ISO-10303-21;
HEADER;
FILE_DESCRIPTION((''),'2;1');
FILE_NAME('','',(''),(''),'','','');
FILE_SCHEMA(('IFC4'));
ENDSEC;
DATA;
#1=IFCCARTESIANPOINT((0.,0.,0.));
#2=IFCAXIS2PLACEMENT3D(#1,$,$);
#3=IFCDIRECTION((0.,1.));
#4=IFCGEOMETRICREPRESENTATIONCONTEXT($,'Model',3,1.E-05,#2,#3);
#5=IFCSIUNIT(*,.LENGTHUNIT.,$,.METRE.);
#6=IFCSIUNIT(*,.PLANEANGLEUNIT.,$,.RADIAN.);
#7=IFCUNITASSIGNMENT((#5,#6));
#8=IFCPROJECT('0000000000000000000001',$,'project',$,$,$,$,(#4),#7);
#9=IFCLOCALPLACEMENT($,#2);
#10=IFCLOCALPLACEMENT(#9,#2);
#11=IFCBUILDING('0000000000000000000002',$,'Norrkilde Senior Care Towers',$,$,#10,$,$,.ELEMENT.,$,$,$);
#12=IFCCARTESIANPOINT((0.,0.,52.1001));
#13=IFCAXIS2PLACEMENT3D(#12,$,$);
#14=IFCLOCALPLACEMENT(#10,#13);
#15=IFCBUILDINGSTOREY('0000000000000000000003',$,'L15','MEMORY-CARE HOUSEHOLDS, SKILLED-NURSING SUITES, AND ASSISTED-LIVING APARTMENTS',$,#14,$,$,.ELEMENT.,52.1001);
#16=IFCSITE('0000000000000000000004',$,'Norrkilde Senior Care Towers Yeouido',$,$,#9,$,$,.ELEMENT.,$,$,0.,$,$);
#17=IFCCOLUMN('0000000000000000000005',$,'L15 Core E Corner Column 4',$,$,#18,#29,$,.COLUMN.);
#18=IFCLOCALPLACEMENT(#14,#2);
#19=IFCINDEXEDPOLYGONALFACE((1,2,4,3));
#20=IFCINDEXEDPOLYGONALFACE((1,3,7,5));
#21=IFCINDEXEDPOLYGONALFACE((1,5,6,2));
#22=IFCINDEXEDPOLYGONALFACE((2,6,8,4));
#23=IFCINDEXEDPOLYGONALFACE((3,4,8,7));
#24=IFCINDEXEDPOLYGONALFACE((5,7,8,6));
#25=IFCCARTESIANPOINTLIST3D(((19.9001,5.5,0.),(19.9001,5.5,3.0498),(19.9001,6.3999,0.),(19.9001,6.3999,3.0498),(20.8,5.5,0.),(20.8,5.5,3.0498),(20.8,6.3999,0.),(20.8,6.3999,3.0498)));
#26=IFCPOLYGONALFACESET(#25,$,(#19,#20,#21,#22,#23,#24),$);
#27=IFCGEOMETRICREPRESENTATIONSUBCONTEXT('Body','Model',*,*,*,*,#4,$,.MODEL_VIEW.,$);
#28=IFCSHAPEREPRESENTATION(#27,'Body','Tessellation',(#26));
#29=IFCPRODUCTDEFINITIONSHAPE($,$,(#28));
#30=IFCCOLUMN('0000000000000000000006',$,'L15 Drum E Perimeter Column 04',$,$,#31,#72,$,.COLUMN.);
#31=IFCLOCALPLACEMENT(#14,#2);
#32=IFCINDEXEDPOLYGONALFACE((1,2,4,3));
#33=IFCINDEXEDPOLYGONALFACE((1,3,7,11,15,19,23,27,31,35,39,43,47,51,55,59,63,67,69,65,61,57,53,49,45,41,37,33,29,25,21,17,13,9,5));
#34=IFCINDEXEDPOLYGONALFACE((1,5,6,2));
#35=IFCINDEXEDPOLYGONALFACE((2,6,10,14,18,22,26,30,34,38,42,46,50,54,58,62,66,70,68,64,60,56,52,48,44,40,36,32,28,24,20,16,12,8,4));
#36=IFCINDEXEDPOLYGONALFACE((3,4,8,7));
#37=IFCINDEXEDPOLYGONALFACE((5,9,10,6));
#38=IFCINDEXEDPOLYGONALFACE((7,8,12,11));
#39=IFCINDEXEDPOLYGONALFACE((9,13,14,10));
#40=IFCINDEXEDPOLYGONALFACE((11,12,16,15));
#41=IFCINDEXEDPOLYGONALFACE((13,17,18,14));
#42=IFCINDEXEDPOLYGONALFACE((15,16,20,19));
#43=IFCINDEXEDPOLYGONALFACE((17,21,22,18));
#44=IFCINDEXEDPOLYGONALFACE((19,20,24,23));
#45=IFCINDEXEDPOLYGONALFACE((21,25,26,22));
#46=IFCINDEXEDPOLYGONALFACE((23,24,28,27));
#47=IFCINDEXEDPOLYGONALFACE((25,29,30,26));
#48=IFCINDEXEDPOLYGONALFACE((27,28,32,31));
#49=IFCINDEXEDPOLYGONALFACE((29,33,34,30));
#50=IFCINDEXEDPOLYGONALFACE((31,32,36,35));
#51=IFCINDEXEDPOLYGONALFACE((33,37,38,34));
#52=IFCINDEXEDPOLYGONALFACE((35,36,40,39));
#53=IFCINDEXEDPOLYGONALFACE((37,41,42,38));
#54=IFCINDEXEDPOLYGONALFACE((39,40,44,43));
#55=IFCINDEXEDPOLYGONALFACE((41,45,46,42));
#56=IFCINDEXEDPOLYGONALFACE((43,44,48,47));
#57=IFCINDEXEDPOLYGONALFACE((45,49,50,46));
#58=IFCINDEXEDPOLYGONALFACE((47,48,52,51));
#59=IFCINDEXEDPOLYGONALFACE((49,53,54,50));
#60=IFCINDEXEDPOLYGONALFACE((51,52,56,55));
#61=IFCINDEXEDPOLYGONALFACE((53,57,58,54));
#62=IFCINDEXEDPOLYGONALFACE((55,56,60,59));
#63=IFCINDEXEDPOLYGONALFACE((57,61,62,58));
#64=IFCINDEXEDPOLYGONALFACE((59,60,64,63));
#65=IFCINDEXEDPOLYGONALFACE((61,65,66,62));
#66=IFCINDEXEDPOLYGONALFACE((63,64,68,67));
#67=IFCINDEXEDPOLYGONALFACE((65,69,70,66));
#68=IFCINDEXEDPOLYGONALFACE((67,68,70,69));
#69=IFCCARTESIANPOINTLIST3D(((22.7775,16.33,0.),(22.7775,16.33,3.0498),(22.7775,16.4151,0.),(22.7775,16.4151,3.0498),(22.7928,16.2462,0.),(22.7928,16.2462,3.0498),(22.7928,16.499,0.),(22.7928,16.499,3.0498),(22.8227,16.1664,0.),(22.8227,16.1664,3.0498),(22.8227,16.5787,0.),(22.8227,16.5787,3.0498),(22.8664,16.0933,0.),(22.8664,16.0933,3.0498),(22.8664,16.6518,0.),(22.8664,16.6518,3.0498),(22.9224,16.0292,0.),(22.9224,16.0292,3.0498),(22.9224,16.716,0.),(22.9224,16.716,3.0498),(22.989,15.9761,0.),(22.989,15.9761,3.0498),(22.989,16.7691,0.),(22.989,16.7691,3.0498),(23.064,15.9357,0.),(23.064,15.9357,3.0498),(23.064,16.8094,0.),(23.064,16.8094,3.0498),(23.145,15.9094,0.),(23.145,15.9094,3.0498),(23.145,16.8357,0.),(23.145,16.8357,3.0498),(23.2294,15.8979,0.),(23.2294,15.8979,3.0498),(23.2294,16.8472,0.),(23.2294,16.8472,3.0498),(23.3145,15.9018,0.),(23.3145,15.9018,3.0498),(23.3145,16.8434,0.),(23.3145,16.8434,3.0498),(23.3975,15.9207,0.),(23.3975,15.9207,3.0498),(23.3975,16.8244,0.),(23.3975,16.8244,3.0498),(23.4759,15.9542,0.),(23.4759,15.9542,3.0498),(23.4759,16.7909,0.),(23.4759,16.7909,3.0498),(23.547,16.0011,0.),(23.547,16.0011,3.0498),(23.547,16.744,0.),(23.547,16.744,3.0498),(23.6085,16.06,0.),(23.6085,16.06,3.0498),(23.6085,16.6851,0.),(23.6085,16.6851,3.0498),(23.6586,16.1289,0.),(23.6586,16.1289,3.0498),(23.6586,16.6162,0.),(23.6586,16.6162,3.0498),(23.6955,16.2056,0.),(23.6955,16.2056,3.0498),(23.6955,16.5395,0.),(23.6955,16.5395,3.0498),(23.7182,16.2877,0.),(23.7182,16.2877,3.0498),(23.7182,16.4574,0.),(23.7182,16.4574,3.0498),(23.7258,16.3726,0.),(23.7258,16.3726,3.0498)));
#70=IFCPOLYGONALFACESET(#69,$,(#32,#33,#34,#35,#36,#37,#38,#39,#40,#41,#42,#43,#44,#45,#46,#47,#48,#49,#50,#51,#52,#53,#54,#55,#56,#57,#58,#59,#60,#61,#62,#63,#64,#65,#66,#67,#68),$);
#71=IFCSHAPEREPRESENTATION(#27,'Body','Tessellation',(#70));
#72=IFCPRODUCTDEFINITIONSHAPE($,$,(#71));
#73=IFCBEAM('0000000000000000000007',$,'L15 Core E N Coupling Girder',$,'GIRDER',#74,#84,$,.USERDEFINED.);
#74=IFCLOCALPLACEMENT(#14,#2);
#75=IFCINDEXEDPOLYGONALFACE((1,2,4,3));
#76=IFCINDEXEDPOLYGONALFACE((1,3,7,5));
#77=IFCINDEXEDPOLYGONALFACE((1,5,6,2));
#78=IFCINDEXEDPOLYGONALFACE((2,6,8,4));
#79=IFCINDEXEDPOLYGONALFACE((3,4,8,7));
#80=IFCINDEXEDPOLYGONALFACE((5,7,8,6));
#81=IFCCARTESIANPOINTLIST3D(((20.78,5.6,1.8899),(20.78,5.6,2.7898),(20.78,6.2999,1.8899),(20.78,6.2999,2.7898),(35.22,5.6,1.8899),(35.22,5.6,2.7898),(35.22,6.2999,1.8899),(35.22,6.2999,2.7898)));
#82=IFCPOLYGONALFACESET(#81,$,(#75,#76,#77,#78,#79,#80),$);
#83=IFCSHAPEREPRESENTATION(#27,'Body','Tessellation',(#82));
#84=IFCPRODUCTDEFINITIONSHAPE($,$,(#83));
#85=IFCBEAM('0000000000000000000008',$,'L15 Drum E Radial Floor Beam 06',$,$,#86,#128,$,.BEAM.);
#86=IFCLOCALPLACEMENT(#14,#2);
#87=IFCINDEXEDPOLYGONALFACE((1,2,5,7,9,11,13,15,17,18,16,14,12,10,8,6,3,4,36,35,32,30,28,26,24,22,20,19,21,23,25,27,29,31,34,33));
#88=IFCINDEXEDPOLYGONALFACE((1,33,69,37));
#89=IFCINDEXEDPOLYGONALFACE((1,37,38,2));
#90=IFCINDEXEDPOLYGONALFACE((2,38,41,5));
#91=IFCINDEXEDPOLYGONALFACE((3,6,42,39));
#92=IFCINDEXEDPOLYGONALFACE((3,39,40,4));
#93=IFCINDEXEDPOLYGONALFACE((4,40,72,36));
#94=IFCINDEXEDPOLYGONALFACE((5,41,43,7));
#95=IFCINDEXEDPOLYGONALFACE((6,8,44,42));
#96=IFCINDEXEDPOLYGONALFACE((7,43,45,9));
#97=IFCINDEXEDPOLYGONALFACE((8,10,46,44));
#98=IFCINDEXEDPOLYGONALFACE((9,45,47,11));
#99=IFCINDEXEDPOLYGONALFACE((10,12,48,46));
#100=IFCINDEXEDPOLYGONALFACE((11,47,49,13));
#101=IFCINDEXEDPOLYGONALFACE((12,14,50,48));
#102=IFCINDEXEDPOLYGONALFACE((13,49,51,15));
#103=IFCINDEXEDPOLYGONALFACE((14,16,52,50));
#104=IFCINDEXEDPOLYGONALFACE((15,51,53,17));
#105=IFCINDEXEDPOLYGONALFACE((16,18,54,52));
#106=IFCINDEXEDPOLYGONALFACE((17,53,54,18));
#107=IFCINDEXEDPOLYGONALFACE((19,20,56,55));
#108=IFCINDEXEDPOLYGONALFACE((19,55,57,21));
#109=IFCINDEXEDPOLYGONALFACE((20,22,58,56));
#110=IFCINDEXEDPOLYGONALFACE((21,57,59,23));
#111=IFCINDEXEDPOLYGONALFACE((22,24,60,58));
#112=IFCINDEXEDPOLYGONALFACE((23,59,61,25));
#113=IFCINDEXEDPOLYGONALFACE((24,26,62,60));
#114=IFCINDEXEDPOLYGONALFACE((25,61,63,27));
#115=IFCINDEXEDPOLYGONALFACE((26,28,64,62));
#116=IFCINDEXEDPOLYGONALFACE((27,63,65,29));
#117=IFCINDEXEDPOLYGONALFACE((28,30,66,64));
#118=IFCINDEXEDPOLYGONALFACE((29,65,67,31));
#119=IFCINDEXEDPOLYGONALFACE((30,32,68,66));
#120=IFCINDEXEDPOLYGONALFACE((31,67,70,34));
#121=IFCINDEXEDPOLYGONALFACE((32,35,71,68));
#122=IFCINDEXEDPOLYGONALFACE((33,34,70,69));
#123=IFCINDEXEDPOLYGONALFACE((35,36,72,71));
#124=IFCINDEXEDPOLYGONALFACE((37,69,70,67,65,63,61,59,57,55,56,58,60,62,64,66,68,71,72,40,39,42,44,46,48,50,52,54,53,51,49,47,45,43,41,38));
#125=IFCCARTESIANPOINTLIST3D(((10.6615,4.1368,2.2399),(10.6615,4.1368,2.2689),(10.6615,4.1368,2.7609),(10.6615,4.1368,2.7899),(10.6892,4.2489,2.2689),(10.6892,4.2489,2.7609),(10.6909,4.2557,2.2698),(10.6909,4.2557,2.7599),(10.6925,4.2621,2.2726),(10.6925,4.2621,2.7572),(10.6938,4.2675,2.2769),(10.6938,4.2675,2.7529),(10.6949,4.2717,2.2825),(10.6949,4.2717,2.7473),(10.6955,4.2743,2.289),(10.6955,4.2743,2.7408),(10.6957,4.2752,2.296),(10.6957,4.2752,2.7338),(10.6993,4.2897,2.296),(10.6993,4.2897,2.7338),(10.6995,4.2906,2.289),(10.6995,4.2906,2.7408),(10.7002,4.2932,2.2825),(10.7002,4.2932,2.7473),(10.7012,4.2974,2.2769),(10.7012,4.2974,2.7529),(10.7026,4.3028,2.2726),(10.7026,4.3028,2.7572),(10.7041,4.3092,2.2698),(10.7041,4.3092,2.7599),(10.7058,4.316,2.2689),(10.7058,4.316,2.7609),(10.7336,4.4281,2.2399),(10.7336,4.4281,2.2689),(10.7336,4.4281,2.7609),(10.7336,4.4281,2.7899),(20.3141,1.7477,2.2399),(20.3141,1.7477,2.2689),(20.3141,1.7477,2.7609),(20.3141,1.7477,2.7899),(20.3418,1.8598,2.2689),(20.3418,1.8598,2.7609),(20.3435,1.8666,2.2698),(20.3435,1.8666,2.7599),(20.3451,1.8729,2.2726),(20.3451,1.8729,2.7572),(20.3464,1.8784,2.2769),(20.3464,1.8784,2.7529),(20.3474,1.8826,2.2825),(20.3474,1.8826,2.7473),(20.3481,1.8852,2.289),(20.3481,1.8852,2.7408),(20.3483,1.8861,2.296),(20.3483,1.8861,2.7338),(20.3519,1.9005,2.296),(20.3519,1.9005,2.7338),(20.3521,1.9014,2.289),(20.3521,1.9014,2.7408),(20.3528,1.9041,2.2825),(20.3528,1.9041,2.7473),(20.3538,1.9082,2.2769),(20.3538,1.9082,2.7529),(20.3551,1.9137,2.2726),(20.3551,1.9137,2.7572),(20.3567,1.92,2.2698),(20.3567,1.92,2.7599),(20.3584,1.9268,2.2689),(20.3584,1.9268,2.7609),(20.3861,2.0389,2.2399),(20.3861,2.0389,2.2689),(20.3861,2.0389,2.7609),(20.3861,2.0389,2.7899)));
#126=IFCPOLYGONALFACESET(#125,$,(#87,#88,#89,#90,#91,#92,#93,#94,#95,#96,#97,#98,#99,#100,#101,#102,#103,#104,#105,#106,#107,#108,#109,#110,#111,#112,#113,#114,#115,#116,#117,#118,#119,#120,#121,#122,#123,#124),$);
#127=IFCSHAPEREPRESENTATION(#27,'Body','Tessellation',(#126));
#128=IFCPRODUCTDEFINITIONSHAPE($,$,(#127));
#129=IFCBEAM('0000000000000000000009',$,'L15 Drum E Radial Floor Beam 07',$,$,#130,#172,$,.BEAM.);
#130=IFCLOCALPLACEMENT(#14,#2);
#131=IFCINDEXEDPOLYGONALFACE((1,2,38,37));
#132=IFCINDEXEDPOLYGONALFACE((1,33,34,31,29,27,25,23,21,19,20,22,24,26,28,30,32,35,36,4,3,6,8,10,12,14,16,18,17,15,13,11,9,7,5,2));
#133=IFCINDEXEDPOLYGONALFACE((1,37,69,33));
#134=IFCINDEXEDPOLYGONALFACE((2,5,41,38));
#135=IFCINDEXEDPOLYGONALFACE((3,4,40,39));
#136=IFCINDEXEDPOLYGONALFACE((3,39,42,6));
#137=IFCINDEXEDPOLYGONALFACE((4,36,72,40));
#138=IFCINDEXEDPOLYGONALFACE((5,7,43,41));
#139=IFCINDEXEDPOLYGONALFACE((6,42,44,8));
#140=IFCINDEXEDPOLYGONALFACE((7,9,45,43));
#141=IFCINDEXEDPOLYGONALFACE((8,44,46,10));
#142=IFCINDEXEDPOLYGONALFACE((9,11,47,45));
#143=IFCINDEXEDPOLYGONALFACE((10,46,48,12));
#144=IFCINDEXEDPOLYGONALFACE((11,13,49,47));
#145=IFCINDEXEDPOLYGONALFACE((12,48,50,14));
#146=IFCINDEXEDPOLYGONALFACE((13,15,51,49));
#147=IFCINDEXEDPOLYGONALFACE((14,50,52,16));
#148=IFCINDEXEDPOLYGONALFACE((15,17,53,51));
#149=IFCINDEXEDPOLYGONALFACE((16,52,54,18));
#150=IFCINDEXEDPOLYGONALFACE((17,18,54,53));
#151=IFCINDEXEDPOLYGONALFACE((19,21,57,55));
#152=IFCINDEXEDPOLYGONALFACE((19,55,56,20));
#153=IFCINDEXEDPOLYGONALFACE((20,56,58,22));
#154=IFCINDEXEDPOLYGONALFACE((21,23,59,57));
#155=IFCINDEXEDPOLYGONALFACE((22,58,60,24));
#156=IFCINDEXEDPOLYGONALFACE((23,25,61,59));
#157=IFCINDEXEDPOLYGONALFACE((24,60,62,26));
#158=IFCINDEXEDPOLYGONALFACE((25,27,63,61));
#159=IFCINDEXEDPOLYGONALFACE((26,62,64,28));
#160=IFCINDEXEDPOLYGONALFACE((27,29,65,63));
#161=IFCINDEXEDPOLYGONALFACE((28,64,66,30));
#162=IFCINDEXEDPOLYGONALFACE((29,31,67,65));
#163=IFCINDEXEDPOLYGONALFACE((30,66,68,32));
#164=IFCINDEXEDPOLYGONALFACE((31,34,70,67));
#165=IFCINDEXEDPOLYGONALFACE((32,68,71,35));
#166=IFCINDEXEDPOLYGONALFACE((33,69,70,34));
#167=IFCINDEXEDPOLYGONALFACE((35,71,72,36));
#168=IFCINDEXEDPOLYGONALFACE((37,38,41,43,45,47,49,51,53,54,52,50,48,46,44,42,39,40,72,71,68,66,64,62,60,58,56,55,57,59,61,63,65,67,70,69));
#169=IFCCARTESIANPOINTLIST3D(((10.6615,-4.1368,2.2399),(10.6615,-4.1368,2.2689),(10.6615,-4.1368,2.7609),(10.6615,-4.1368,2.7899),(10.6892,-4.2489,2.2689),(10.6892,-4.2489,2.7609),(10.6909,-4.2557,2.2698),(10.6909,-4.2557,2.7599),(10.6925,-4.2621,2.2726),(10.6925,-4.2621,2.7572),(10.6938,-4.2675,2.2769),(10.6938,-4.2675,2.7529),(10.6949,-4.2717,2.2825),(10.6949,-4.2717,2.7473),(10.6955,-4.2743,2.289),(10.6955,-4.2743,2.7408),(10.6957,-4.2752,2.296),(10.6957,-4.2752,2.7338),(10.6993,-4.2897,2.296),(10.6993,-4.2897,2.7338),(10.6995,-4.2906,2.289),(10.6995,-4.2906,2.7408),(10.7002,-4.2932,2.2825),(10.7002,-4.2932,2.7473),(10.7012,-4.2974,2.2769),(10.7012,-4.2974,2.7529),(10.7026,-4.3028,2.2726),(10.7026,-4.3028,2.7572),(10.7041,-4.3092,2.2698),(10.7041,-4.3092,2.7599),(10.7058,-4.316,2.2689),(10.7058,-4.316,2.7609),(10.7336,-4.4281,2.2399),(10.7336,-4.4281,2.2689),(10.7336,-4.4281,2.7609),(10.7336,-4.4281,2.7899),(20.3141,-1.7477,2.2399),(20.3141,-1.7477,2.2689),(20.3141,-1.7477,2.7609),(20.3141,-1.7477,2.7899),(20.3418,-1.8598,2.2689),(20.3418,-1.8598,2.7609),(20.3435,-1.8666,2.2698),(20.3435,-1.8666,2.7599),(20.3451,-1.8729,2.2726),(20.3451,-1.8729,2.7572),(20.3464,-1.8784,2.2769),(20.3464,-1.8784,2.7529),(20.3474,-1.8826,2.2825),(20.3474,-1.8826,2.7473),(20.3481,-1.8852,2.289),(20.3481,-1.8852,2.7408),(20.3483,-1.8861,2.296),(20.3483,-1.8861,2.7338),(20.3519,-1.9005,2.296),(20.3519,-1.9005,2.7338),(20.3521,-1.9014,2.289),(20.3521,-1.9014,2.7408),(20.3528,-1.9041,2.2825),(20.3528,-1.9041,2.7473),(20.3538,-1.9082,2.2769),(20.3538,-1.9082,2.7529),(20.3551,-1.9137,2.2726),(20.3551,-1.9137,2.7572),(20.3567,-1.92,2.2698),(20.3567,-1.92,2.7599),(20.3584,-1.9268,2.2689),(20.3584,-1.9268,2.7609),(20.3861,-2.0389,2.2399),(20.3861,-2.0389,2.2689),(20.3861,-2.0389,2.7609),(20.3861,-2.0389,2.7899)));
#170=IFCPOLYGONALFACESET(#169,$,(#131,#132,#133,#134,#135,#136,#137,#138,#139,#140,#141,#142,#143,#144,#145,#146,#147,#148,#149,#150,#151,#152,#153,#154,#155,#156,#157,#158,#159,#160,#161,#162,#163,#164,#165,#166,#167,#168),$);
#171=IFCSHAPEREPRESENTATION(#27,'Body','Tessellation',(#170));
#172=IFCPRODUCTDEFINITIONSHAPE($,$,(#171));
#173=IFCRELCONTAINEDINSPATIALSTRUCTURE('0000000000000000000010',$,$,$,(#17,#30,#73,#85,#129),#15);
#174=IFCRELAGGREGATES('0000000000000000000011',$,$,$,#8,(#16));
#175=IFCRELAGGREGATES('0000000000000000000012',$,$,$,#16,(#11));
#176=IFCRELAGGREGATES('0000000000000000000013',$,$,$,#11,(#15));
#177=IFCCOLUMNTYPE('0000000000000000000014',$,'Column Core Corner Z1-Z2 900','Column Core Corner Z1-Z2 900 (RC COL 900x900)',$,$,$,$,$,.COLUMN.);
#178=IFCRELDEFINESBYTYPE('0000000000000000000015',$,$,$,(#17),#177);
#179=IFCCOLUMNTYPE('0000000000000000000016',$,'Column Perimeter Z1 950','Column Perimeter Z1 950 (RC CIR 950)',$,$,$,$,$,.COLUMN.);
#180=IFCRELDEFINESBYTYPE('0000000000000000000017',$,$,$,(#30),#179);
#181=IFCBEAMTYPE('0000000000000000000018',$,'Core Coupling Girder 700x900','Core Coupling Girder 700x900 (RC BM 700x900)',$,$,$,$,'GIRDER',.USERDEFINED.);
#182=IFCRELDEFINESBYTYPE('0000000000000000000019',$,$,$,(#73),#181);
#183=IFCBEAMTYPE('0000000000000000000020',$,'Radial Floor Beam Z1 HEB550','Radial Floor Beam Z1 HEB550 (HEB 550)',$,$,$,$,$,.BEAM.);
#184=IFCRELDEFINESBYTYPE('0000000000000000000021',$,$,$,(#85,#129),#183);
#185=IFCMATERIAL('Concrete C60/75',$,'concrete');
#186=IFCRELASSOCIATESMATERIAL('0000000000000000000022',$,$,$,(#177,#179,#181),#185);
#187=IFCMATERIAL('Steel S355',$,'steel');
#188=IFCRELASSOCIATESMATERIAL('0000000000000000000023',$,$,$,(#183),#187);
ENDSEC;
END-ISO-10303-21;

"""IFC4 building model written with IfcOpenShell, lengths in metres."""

from ifc_helpers import new_model, si_unit, direction, frame, origin, origin_2d, place, context, subcontext, project, spatial, rectangle, circle, i_section, extrude, source, transform, mapped, material, material_profile, profile_set, type_object, type_shapes, element, save


model = new_model("IFC4")

# Units and contexts
model_context = context("Model", 3, precision=1e-05, world=origin(), true_north=direction((0.0, 1.0)))
body_context = subcontext(model_context, "Body", "Model", "MODEL_VIEW")
ifc_project = project(units=[si_unit("LENGTHUNIT", "METRE"), si_unit("PLANEANGLEUNIT", "RADIAN")], contexts=[model_context])

# Site, building, storey
site_placement = place(None, origin())
site = spatial("IfcSite", under=ifc_project, at=site_placement, Name="Norrkilde Senior Care Towers Yeouido", CompositionType="ELEMENT", RefElevation=0.0)
building_placement = place(site_placement, origin())
building = spatial("IfcBuilding", under=site, at=building_placement, Name="Norrkilde Senior Care Towers", CompositionType="ELEMENT")
storey_placement = place(building_placement, frame((0.0, 0.0, 52.1001)))
storey = spatial("IfcBuildingStorey", under=building, at=storey_placement, Name="L15", Description="MEMORY-CARE HOUSEHOLDS, SKILLED-NURSING SUITES, AND ASSISTED-LIVING APARTMENTS", CompositionType="ELEMENT", Elevation=52.1001)

# Columns
ifc_material_1 = material(Name="Concrete C60/75", Category="concrete")
ifc_material_profile_1 = material_profile(ifc_material_1, rectangle(XDim=0.8999, YDim=0.8999, at=origin_2d()), Name="RC COL 900x900")
ifc_profile_set_1 = profile_set([ifc_material_profile_1], Name="Concrete C60/75")
column_type_1 = type_object("IfcColumnType", Name="Column Core Corner Z1-Z2 900", Description="Column Core Corner Z1-Z2 900 (RC COL 900x900)", PredefinedType="COLUMN", material=ifc_profile_set_1)
shared_shape_1 = source(origin(), body_context, "Body", "SweptSolid", [
    extrude(rectangle(XDim=0.8999, YDim=0.8999, at=origin_2d()), origin(), (0.0, 0.0, 1.0), 3.0498),
])
type_shapes(column_type_1, [shared_shape_1])
column_1_placement = place(storey_placement, frame((20.3501, 5.95, 0.0), z_axis=(0.0, 0.0, 1.0), x_axis=(1.0, 0.0, 0.0)))
element("IfcColumn", 1, at=column_1_placement, inside=storey, type_object=column_type_1, Name="L15 Core E Corner Column 4", PredefinedType="COLUMN", context=body_context, shape_type="MappedRepresentation", body=[
    mapped(shared_shape_1, transform((0.0, 0.0, 0.0), x_axis=(1.0, 0.0, 0.0), y_axis=(0.0, 1.0, 0.0), z_axis=(0.0, 0.0, 1.0), scale=1.0)),
])
ifc_material_profile_2 = material_profile(ifc_material_1, circle(Radius=0.4751, at=origin_2d()), Name="RC CIR 950")
ifc_profile_set_2 = profile_set([ifc_material_profile_2], Name="Concrete C60/75")
column_type_2 = type_object("IfcColumnType", Name="Column Perimeter Z1 950", Description="Column Perimeter Z1 950 (RC CIR 950)", PredefinedType="COLUMN", material=ifc_profile_set_2)
shared_shape_2 = source(origin(), body_context, "Body", "SweptSolid", [
    extrude(circle(Radius=0.4751, at=origin_2d()), origin(), (0.0, 0.0, 1.0), 3.0498),
])
type_shapes(column_type_2, [shared_shape_2])
column_2_placement = place(storey_placement, frame((23.2507, 16.3726, 0.0), z_axis=(0.0, 0.0, 1.0), x_axis=(1.0, 0.0, 0.0)))
element("IfcColumn", 2, at=column_2_placement, inside=storey, type_object=column_type_2, Name="L15 Drum E Perimeter Column 04", PredefinedType="COLUMN", context=body_context, shape_type="MappedRepresentation", body=[
    mapped(shared_shape_2, transform((0.0, 0.0, 0.0), x_axis=(1.0, 0.0, 0.0), y_axis=(0.0, 1.0, 0.0), z_axis=(0.0, 0.0, 1.0), scale=1.0)),
])

# Beams
ifc_material_profile_3 = material_profile(ifc_material_1, rectangle(XDim=0.7, YDim=0.8999, at=origin_2d()), Name="RC BM 700x900")
ifc_profile_set_3 = profile_set([ifc_material_profile_3], Name="Concrete C60/75")
beam_type_1 = type_object("IfcBeamType", Name="Core Coupling Girder 700x900", Description="Core Coupling Girder 700x900 (RC BM 700x900)", ElementType="GIRDER", PredefinedType="USERDEFINED", material=ifc_profile_set_3)
shared_shape_3 = source(origin(), body_context, "Body", "SweptSolid", [
    extrude(rectangle(XDim=0.7, YDim=0.8999, at=origin_2d()), origin(), (0.0, 0.0, 1.0), 14.4399),
])
type_shapes(beam_type_1, [shared_shape_3])
beam_1_placement = place(storey_placement, frame((20.78, 5.95, 2.3398), z_axis=(1.0, 0.0, 0.0), x_axis=(0.0, 1.0, 0.0)))
element("IfcBeam", 3, at=beam_1_placement, inside=storey, type_object=beam_type_1, Name="L15 Core E N Coupling Girder", ObjectType="GIRDER", PredefinedType="USERDEFINED", context=body_context, shape_type="MappedRepresentation", body=[
    mapped(shared_shape_3, transform((0.0, 0.0, 0.0), x_axis=(1.0, 0.0, 0.0), y_axis=(0.0, 1.0, 0.0), z_axis=(0.0, 0.0, 1.0), scale=1.0)),
])
ifc_material_2 = material(Name="Steel S355", Category="steel")
ifc_material_profile_4 = material_profile(ifc_material_2, i_section(OverallWidth=0.3, OverallDepth=0.55, WebThickness=0.0149, FlangeThickness=0.0291, FilletRadius=0.0271, at=origin_2d()), Name="HEB 550")
ifc_profile_set_4 = profile_set([ifc_material_profile_4], Name="Steel S355")
beam_type_2 = type_object("IfcBeamType", Name="Radial Floor Beam Z1 HEB550", Description="Radial Floor Beam Z1 HEB550 (HEB 550)", PredefinedType="BEAM", material=ifc_profile_set_4)
shared_shape_4 = source(origin(), body_context, "Body", "SweptSolid", [
    extrude(i_section(OverallWidth=0.3, OverallDepth=0.55, WebThickness=0.0149, FlangeThickness=0.0291, FilletRadius=0.0271, at=origin_2d()), origin(), (0.0, 0.0, 1.0), 9.9438),
])
for number, where, z_axis, x_axis, name in (
    (4, (20.3501, 1.8933, 2.5149), (-0.970707, 0.240265, 0.0), (-0.240265, -0.970707, 0.0), "L15 Drum E Radial Floor Beam 06"),
    (5, (20.3501, -1.8933, 2.5149), (-0.970707, -0.240265, 0.0), (0.240265, -0.970707, 0.0), "L15 Drum E Radial Floor Beam 07"),
):
    element("IfcBeam", number, at=place(storey_placement, frame(where, z_axis=z_axis, x_axis=x_axis)), inside=storey, type_object=beam_type_2, Name=name, PredefinedType="BEAM", context=body_context, shape_type="MappedRepresentation", body=[
        mapped(shared_shape_4, transform((0.0, 0.0, 0.0), x_axis=(1.0, 0.0, 0.0), y_axis=(0.0, 1.0, 0.0), z_axis=(0.0, 0.0, 1.0), scale=1.0)),
    ])

save(model, "model.ifc")
